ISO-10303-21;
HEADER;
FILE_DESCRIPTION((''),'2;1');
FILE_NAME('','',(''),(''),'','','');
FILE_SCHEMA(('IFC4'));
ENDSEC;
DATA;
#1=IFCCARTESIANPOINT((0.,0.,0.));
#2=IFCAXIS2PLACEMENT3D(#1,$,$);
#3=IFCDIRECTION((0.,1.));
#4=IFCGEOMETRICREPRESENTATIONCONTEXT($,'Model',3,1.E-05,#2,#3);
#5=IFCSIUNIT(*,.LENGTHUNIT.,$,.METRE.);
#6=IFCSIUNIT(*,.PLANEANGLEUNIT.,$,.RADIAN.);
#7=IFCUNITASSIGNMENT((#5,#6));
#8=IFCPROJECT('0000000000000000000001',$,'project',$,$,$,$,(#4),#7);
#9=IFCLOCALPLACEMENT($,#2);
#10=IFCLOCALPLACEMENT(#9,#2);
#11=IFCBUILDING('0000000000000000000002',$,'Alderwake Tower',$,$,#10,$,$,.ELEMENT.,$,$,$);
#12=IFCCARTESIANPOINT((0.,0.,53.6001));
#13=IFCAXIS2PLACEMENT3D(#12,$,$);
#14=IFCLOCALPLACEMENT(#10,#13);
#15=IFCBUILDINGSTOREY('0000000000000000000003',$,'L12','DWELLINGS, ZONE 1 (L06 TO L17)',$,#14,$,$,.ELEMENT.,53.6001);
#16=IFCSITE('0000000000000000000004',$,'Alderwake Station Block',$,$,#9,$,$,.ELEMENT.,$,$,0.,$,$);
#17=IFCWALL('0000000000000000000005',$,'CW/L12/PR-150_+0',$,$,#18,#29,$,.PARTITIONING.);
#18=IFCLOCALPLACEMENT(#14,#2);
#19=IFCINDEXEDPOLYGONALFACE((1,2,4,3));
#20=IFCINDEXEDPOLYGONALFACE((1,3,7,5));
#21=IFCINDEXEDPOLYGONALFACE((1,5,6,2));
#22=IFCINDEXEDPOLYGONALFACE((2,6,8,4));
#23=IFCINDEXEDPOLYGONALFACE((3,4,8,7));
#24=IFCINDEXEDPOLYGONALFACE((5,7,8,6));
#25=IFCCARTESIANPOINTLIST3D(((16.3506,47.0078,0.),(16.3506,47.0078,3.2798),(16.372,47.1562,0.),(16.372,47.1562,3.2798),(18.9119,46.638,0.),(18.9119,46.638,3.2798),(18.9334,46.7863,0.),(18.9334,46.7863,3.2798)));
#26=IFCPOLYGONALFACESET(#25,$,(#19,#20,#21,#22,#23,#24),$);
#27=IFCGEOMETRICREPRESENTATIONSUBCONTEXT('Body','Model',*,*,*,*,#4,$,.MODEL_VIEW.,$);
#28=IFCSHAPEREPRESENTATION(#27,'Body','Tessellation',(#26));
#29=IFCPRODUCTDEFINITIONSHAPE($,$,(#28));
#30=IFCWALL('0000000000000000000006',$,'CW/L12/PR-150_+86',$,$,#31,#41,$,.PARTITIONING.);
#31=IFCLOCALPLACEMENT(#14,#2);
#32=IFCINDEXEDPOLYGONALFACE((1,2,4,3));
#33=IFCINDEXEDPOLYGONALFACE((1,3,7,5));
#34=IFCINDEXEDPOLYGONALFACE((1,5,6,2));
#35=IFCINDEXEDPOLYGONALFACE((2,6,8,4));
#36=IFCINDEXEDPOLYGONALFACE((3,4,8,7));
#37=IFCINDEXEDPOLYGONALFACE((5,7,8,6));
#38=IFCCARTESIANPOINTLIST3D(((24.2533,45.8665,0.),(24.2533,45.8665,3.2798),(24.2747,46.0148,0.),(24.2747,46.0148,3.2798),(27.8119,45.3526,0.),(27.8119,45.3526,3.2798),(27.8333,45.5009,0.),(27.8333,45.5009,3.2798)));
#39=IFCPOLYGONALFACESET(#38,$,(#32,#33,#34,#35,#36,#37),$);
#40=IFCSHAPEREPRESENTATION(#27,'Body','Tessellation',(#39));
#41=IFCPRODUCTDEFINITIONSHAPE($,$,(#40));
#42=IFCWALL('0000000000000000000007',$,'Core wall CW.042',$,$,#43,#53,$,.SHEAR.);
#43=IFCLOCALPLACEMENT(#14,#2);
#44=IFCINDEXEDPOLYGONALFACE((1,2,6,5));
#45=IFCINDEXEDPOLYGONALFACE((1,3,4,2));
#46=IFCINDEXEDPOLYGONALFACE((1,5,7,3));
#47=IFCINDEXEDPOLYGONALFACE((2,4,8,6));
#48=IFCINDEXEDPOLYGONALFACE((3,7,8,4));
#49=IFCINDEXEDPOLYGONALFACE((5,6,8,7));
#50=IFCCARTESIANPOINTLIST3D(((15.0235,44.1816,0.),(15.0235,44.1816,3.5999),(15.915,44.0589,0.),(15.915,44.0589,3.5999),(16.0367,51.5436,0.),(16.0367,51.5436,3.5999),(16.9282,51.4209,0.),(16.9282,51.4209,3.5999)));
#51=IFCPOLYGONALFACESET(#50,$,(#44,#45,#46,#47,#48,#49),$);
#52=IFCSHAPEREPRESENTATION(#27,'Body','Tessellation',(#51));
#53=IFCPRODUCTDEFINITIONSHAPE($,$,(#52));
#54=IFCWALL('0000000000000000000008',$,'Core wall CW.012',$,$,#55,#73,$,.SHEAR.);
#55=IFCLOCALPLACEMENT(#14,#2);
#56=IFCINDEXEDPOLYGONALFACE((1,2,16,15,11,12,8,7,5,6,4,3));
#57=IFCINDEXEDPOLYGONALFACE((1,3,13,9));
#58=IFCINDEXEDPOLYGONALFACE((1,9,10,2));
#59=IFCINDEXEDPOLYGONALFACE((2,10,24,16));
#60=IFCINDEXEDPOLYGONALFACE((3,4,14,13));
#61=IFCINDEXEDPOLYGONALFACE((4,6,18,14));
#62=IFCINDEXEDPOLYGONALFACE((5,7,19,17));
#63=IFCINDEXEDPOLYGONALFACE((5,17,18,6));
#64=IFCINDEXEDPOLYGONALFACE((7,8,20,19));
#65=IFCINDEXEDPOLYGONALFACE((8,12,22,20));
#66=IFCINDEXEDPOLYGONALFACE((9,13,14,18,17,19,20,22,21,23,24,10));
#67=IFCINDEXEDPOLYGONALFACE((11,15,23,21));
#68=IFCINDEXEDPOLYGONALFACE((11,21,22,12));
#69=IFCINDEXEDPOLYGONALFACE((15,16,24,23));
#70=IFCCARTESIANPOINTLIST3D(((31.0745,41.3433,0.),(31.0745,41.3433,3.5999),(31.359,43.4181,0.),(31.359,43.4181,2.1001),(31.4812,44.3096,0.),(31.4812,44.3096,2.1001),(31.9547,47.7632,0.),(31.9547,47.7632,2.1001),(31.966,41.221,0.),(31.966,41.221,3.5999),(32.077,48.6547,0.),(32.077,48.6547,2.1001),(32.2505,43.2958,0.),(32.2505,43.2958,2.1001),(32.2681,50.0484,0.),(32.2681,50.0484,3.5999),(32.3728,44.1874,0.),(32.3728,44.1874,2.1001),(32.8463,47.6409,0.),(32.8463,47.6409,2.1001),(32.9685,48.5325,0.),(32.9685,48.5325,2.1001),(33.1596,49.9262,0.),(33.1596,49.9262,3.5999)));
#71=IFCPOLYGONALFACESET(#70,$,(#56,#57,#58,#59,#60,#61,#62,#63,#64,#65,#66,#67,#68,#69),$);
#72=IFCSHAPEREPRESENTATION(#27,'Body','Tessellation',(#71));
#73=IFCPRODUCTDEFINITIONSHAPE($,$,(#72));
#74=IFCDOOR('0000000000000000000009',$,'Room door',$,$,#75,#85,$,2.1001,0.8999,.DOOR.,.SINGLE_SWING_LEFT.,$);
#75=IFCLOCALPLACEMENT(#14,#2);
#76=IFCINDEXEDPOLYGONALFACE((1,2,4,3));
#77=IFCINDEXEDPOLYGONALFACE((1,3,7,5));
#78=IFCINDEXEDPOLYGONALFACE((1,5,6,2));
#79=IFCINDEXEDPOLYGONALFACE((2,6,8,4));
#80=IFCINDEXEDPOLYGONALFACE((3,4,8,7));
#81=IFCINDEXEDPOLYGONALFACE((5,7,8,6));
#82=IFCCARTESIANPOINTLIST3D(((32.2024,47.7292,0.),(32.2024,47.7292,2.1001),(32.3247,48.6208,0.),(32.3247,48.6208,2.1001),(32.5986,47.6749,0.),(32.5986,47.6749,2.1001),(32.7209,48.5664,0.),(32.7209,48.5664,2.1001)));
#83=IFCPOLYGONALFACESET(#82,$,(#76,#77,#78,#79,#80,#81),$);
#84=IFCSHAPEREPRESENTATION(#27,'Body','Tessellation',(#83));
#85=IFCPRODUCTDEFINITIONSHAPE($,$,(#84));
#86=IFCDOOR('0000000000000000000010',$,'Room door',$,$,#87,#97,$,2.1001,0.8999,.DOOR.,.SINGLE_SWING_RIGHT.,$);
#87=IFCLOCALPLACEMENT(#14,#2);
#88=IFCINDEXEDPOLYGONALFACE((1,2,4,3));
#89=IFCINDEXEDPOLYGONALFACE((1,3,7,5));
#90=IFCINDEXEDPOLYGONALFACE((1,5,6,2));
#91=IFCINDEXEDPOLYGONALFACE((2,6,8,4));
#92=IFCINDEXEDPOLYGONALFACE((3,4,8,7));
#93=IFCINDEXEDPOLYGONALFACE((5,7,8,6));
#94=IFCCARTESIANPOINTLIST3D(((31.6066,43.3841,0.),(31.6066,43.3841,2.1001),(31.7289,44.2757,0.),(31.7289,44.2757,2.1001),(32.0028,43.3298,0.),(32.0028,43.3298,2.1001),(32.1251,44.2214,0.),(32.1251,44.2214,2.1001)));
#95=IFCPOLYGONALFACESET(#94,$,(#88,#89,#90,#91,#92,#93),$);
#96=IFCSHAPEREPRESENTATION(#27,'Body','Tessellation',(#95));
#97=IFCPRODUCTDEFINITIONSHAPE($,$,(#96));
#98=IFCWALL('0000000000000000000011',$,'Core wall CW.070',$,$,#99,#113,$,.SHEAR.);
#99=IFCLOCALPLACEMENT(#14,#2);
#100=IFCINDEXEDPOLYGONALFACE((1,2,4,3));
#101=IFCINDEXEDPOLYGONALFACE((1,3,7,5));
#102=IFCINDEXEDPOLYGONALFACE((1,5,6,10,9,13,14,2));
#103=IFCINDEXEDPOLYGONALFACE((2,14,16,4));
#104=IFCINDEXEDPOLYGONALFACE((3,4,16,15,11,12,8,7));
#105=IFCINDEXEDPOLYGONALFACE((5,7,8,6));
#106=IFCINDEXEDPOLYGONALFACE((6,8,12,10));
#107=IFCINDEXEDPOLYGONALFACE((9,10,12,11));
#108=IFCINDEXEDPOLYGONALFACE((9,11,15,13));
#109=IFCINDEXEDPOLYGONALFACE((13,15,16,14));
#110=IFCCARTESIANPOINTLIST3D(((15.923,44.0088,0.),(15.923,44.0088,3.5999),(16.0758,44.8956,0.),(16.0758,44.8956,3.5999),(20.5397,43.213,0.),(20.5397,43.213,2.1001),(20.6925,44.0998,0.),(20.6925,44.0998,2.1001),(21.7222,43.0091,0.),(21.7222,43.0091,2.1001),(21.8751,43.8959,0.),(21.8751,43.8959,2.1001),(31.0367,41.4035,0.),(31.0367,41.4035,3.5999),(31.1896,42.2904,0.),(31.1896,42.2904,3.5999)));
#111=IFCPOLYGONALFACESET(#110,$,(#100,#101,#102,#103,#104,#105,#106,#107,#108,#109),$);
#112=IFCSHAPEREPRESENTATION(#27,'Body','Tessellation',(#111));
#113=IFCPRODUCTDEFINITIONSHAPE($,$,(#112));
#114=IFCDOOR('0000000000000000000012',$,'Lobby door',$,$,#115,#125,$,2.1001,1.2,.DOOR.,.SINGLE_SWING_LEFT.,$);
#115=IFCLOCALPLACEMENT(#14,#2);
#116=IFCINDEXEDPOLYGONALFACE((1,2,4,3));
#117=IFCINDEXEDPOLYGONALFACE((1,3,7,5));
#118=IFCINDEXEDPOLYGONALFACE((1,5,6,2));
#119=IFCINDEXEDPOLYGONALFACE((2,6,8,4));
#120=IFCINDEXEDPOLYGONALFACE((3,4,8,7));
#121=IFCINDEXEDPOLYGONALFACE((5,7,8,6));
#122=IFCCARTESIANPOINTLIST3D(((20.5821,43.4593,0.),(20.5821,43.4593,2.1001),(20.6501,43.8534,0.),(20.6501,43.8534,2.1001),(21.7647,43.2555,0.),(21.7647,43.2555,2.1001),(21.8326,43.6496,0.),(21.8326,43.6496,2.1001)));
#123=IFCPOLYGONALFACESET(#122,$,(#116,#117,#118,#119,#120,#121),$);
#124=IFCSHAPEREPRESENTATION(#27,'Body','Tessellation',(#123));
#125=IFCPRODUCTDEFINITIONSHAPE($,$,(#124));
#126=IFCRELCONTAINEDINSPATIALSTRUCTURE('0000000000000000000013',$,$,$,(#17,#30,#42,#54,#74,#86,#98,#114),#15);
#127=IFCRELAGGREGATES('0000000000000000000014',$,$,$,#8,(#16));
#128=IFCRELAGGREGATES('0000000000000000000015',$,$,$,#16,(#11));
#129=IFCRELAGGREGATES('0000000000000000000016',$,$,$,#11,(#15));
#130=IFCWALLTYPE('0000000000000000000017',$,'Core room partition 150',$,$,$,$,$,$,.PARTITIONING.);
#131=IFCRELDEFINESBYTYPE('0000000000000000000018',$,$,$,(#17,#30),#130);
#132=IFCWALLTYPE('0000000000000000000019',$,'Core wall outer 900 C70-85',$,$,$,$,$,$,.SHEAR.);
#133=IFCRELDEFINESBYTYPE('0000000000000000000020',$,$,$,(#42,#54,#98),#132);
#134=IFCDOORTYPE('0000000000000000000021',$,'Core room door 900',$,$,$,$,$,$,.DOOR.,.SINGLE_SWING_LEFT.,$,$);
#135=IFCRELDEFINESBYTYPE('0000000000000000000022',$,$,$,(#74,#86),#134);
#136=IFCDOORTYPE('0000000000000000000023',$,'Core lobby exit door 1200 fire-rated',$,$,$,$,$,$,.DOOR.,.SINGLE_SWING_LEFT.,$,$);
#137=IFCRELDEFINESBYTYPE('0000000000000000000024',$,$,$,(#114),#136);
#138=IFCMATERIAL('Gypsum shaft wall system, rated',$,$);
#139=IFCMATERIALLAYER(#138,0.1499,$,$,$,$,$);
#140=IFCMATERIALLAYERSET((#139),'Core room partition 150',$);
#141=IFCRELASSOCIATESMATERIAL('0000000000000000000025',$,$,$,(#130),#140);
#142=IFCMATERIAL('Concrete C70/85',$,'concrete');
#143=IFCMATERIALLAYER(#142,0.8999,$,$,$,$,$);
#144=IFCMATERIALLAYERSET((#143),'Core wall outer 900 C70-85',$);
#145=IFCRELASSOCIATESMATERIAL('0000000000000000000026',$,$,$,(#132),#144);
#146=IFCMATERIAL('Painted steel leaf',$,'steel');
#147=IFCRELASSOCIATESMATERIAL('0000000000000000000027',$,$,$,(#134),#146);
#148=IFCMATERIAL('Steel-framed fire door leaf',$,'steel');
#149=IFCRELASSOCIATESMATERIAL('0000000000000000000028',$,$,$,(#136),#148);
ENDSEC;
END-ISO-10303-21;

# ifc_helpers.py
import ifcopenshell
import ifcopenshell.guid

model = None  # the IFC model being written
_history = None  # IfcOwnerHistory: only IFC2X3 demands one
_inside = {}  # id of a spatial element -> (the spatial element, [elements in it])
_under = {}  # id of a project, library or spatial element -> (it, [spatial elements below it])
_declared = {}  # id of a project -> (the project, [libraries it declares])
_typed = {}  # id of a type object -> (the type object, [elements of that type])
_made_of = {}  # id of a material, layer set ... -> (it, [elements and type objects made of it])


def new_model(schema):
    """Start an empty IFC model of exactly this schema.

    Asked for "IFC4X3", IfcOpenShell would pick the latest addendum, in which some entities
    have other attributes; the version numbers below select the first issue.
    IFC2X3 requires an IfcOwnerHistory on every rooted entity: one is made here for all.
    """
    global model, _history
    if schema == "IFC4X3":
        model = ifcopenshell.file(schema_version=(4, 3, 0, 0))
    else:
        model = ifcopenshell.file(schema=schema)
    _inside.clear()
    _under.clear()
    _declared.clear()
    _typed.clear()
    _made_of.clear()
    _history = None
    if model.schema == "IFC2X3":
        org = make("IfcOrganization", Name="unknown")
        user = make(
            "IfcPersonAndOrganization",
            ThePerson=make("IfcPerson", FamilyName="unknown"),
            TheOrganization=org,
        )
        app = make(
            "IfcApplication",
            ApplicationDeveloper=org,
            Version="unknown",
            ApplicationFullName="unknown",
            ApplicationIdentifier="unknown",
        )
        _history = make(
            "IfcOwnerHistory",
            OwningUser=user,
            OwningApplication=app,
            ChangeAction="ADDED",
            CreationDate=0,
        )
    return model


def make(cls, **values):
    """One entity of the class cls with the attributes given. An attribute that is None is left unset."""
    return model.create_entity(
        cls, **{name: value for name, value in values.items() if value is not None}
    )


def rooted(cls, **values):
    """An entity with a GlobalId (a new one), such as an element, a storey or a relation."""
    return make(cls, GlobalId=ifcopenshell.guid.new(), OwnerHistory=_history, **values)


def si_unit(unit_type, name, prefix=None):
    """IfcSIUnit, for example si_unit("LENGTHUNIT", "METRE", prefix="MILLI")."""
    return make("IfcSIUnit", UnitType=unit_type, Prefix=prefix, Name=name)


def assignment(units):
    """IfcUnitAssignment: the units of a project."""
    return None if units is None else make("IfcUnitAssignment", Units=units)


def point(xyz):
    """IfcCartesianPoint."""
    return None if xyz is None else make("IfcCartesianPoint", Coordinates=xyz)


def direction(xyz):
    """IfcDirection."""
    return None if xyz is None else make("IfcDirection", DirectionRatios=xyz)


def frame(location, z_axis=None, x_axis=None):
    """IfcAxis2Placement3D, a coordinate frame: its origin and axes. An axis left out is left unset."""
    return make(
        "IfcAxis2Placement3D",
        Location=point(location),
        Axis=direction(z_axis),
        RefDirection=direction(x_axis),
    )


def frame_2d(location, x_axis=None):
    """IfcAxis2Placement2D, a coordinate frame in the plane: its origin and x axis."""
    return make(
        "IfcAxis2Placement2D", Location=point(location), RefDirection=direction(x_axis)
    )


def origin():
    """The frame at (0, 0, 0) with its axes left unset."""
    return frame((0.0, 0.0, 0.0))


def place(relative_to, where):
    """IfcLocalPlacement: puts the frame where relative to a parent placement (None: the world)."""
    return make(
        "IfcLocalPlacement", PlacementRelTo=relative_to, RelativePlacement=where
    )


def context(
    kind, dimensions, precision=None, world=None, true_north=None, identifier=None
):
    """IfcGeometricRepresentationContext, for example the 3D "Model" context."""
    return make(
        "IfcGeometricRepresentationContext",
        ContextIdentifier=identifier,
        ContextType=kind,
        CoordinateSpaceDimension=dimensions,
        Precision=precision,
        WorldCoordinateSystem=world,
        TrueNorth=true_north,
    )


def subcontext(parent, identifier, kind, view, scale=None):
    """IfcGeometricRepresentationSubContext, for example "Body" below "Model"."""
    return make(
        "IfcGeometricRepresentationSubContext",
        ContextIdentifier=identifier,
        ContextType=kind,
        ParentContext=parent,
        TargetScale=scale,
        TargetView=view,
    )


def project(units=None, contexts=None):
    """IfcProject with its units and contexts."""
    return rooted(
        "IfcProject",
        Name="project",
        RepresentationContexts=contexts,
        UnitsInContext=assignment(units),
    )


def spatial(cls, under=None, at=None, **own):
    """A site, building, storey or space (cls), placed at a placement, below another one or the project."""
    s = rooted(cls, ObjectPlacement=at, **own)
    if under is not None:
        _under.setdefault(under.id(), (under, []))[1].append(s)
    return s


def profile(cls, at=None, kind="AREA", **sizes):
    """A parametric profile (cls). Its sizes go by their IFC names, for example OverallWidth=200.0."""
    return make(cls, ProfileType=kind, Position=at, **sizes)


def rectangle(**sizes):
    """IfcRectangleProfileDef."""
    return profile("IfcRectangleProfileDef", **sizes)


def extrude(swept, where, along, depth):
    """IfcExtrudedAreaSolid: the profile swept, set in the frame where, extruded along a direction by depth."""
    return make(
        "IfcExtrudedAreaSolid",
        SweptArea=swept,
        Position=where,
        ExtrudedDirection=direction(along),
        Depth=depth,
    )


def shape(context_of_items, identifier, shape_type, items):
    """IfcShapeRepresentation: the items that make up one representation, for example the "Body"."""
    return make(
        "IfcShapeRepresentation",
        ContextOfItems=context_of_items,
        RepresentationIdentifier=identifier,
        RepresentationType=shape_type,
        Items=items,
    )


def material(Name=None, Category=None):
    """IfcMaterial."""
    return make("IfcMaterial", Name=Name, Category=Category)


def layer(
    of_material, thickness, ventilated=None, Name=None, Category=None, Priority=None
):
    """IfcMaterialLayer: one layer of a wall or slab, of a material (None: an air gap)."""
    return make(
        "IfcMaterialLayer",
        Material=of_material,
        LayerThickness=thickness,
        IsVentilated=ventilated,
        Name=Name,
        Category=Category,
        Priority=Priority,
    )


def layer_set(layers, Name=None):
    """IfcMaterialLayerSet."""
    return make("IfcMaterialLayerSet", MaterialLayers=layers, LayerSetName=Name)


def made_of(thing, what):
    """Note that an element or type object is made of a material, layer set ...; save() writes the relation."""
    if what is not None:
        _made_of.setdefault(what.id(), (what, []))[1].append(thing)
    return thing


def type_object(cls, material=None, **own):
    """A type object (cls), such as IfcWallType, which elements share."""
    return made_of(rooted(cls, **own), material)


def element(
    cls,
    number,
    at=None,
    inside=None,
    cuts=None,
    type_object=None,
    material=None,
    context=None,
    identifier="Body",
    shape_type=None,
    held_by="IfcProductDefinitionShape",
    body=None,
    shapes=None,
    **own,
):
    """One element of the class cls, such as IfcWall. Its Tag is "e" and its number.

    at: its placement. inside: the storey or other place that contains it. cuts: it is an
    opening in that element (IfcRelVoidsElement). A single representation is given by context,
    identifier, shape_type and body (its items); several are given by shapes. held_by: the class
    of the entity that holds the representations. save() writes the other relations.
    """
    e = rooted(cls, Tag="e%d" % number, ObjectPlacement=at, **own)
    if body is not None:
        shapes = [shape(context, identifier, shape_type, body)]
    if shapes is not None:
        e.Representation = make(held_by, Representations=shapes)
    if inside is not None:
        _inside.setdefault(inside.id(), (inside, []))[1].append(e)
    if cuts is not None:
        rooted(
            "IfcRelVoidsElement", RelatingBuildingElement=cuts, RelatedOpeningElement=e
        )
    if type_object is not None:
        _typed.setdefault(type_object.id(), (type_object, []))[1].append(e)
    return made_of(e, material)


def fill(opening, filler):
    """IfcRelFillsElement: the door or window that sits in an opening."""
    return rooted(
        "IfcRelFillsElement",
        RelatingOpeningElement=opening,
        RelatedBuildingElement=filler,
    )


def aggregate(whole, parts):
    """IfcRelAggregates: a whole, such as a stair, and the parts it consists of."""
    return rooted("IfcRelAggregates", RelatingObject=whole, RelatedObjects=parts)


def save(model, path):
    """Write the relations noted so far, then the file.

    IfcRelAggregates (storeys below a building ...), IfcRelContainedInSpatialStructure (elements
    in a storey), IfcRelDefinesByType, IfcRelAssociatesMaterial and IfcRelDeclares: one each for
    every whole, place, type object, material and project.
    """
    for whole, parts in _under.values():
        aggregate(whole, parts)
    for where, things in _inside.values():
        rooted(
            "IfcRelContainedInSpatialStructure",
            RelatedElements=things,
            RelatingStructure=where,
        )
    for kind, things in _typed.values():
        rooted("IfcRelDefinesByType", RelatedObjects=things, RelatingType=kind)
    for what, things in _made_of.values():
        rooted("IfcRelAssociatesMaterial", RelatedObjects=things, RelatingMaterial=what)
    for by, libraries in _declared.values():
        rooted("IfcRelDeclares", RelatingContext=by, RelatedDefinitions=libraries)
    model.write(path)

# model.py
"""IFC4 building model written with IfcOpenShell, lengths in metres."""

from ifc_helpers import new_model, si_unit, direction, frame, frame_2d, origin, place, context, subcontext, project, spatial, rectangle, extrude, material, layer, layer_set, type_object, element, fill, save


model = new_model("IFC4")

# Units and contexts
model_context = context("Model", 3, precision=1e-05, world=origin(), true_north=direction((0.0, 1.0)))
body_context = subcontext(model_context, "Body", "Model", "MODEL_VIEW")
ifc_project = project(units=[si_unit("LENGTHUNIT", "METRE"), si_unit("PLANEANGLEUNIT", "RADIAN")], contexts=[model_context])

# Site, building, storey
site_placement = place(None, origin())
site = spatial("IfcSite", under=ifc_project, at=site_placement, Name="Alderwake Station Block", CompositionType="ELEMENT", RefElevation=0.0)
building_placement = place(site_placement, origin())
building = spatial("IfcBuilding", under=site, at=building_placement, Name="Alderwake Tower", CompositionType="ELEMENT")
storey_placement = place(building_placement, frame((0.0, 0.0, 53.6001)))
storey = spatial("IfcBuildingStorey", under=building, at=storey_placement, Name="L12", Description="DWELLINGS, ZONE 1 (L06 TO L17)", CompositionType="ELEMENT", Elevation=53.6001)

# Walls
ifc_material_1 = material(Name="Gypsum shaft wall system, rated")
ifc_layer_1 = layer(ifc_material_1, 0.1499)
ifc_layer_set_1 = layer_set([ifc_layer_1], Name="Core room partition 150")
wall_type_1 = type_object("IfcWallType", Name="Core room partition 150", PredefinedType="PARTITIONING", material=ifc_layer_set_1)
wall_1_placement = place(storey_placement, frame((16.3613, 47.082, 0.0), z_axis=(0.0, 0.0, 1.0), x_axis=(0.989733, -0.142927, 0.0)))
element("IfcWall", 1, at=wall_1_placement, inside=storey, type_object=wall_type_1, Name="CW/L12/PR-150_+0", PredefinedType="PARTITIONING", context=body_context, shape_type="SweptSolid", body=[
    extrude(rectangle(XDim=2.5879, YDim=0.1499, at=frame_2d((1.2939, 0.0))), origin(), (0.0, 0.0, 1.0), 3.2798),
])
wall_2_placement = place(storey_placement, frame((24.2639, 45.9407, 0.0), z_axis=(0.0, 0.0, 1.0), x_axis=(0.989732, -0.142933, 0.0)))
element("IfcWall", 2, at=wall_2_placement, inside=storey, type_object=wall_type_1, Name="CW/L12/PR-150_+86", PredefinedType="PARTITIONING", context=body_context, shape_type="SweptSolid", body=[
    extrude(rectangle(XDim=3.5955, YDim=0.1499, at=frame_2d((1.7979, 0.0))), origin(), (0.0, 0.0, 1.0), 3.2798),
])
ifc_material_2 = material(Name="Concrete C70/85", Category="concrete")
ifc_layer_2 = layer(ifc_material_2, 0.8999)
ifc_layer_set_2 = layer_set([ifc_layer_2], Name="Core wall outer 900 C70-85")
wall_type_2 = type_object("IfcWallType", Name="Core wall outer 900 C70-85", PredefinedType="SHEAR", material=ifc_layer_set_2)
wall_3_placement = place(storey_placement, frame((15.4692, 44.1201, 0.0), z_axis=(0.0, 0.0, 1.0), x_axis=(0.136337, 0.990662, 0.0)))
element("IfcWall", 3, at=wall_3_placement, inside=storey, type_object=wall_type_2, Name="Core wall CW.042", PredefinedType="SHEAR", context=body_context, shape_type="SweptSolid", body=[
    extrude(rectangle(XDim=7.4314, YDim=0.8999, at=frame_2d((3.7158, 0.0))), origin(), (0.0, 0.0, 1.0), 3.5999),
])

# Wall, openings, doors
wall_4_placement = place(storey_placement, frame((32.7139, 49.9873, 0.0), z_axis=(0.0, 0.0, 1.0), x_axis=(-0.135845, -0.99073, 0.0)))
wall_4 = element("IfcWall", 4, at=wall_4_placement, inside=storey, type_object=wall_type_2, Name="Core wall CW.012", PredefinedType="SHEAR", context=body_context, shape_type="SweptSolid", body=[
    extrude(rectangle(XDim=8.7866, YDim=0.8999, at=frame_2d((4.3933, 0.0))), origin(), (0.0, 0.0, 1.0), 3.5999),
])
opening_1_placement = place(wall_4_placement, frame((1.4067, 0.0, 0.0)))
opening_1 = element("IfcOpeningElement", 5, at=opening_1_placement, cuts=wall_4, PredefinedType="OPENING", context=body_context, shape_type="SweptSolid", body=[
    extrude(rectangle(XDim=0.8999, YDim=2.1001, at=frame_2d((0.45, 1.05))), frame((0.0, 0.46, 0.0), z_axis=(0.0, -1.0, 0.0), x_axis=(1.0, 0.0, 0.0)), (0.0, 0.0, 1.0), 0.9199),
])
opening_2_placement = place(wall_4_placement, frame((5.7925, 0.0, 0.0)))
opening_2 = element("IfcOpeningElement", 6, at=opening_2_placement, cuts=wall_4, PredefinedType="OPENING", context=body_context, shape_type="SweptSolid", body=[
    extrude(rectangle(XDim=0.8999, YDim=2.1001, at=frame_2d((0.45, 1.05))), frame((0.0, 0.46, 0.0), z_axis=(0.0, -1.0, 0.0), x_axis=(1.0, 0.0, 0.0)), (0.0, 0.0, 1.0), 0.9199),
])
ifc_material_3 = material(Name="Painted steel leaf", Category="steel")
door_type_1 = type_object("IfcDoorType", Name="Core room door 900", OperationType="SINGLE_SWING_LEFT", PredefinedType="DOOR", material=ifc_material_3)
door_1_placement = place(opening_1_placement, origin())
door_1 = element("IfcDoor", 7, at=door_1_placement, inside=storey, type_object=door_type_1, Name="Room door", OperationType="SINGLE_SWING_LEFT", OverallHeight=2.1001, OverallWidth=0.8999, PredefinedType="DOOR", context=body_context, shape_type="SweptSolid", body=[
    extrude(rectangle(XDim=0.8999, YDim=2.1001, at=frame_2d((0.45, 1.05))), frame((0.0, 0.2, 0.0), z_axis=(0.0, -1.0, 0.0), x_axis=(1.0, 0.0, 0.0)), (0.0, 0.0, 1.0), 0.3999),
])
fill(opening_1, door_1)
door_2_placement = place(opening_2_placement, origin())
door_2 = element("IfcDoor", 8, at=door_2_placement, inside=storey, type_object=door_type_1, Name="Room door", OperationType="SINGLE_SWING_RIGHT", OverallHeight=2.1001, OverallWidth=0.8999, PredefinedType="DOOR", context=body_context, shape_type="SweptSolid", body=[
    extrude(rectangle(XDim=0.8999, YDim=2.1001, at=frame_2d((0.45, 1.05))), frame((0.0, 0.2, 0.0), z_axis=(0.0, -1.0, 0.0), x_axis=(1.0, 0.0, 0.0)), (0.0, 0.0, 1.0), 0.3999),
])
fill(opening_2, door_2)

# Wall, opening, door
wall_5_placement = place(storey_placement, frame((31.1133, 41.8469, 0.0), z_axis=(0.0, 0.0, 1.0), x_axis=(-0.985467, 0.169869, 0.0)))
wall_5 = element("IfcWall", 9, at=wall_5_placement, inside=storey, type_object=wall_type_2, Name="Core wall CW.070", PredefinedType="SHEAR", context=body_context, shape_type="SweptSolid", body=[
    extrude(rectangle(XDim=15.3367, YDim=0.8999, at=frame_2d((7.6685, 0.0))), origin(), (0.0, 0.0, 1.0), 3.5999),
])
opening_3_placement = place(wall_5_placement, frame((9.4519, 0.0, 0.0)))
opening_3 = element("IfcOpeningElement", 10, at=opening_3_placement, cuts=wall_5, PredefinedType="OPENING", context=body_context, shape_type="SweptSolid", body=[
    extrude(rectangle(XDim=1.2, YDim=2.1001, at=frame_2d((0.6001, 1.05))), frame((0.0, 0.46, 0.0), z_axis=(0.0, -1.0, 0.0), x_axis=(1.0, 0.0, 0.0)), (0.0, 0.0, 1.0), 0.9199),
])
ifc_material_4 = material(Name="Steel-framed fire door leaf", Category="steel")
door_type_2 = type_object("IfcDoorType", Name="Core lobby exit door 1200 fire-rated", OperationType="SINGLE_SWING_LEFT", PredefinedType="DOOR", material=ifc_material_4)
door_3_placement = place(opening_3_placement, origin())
door_3 = element("IfcDoor", 11, at=door_3_placement, inside=storey, type_object=door_type_2, Name="Lobby door", OperationType="SINGLE_SWING_LEFT", OverallHeight=2.1001, OverallWidth=1.2, PredefinedType="DOOR", context=body_context, shape_type="SweptSolid", body=[
    extrude(rectangle(XDim=1.2, YDim=2.1001, at=frame_2d((0.6001, 1.05))), frame((0.0, 0.2, 0.0), z_axis=(0.0, -1.0, 0.0), x_axis=(1.0, 0.0, 0.0)), (0.0, 0.0, 1.0), 0.3999),
])
fill(opening_3, door_3)

save(model, "model.ifc")
